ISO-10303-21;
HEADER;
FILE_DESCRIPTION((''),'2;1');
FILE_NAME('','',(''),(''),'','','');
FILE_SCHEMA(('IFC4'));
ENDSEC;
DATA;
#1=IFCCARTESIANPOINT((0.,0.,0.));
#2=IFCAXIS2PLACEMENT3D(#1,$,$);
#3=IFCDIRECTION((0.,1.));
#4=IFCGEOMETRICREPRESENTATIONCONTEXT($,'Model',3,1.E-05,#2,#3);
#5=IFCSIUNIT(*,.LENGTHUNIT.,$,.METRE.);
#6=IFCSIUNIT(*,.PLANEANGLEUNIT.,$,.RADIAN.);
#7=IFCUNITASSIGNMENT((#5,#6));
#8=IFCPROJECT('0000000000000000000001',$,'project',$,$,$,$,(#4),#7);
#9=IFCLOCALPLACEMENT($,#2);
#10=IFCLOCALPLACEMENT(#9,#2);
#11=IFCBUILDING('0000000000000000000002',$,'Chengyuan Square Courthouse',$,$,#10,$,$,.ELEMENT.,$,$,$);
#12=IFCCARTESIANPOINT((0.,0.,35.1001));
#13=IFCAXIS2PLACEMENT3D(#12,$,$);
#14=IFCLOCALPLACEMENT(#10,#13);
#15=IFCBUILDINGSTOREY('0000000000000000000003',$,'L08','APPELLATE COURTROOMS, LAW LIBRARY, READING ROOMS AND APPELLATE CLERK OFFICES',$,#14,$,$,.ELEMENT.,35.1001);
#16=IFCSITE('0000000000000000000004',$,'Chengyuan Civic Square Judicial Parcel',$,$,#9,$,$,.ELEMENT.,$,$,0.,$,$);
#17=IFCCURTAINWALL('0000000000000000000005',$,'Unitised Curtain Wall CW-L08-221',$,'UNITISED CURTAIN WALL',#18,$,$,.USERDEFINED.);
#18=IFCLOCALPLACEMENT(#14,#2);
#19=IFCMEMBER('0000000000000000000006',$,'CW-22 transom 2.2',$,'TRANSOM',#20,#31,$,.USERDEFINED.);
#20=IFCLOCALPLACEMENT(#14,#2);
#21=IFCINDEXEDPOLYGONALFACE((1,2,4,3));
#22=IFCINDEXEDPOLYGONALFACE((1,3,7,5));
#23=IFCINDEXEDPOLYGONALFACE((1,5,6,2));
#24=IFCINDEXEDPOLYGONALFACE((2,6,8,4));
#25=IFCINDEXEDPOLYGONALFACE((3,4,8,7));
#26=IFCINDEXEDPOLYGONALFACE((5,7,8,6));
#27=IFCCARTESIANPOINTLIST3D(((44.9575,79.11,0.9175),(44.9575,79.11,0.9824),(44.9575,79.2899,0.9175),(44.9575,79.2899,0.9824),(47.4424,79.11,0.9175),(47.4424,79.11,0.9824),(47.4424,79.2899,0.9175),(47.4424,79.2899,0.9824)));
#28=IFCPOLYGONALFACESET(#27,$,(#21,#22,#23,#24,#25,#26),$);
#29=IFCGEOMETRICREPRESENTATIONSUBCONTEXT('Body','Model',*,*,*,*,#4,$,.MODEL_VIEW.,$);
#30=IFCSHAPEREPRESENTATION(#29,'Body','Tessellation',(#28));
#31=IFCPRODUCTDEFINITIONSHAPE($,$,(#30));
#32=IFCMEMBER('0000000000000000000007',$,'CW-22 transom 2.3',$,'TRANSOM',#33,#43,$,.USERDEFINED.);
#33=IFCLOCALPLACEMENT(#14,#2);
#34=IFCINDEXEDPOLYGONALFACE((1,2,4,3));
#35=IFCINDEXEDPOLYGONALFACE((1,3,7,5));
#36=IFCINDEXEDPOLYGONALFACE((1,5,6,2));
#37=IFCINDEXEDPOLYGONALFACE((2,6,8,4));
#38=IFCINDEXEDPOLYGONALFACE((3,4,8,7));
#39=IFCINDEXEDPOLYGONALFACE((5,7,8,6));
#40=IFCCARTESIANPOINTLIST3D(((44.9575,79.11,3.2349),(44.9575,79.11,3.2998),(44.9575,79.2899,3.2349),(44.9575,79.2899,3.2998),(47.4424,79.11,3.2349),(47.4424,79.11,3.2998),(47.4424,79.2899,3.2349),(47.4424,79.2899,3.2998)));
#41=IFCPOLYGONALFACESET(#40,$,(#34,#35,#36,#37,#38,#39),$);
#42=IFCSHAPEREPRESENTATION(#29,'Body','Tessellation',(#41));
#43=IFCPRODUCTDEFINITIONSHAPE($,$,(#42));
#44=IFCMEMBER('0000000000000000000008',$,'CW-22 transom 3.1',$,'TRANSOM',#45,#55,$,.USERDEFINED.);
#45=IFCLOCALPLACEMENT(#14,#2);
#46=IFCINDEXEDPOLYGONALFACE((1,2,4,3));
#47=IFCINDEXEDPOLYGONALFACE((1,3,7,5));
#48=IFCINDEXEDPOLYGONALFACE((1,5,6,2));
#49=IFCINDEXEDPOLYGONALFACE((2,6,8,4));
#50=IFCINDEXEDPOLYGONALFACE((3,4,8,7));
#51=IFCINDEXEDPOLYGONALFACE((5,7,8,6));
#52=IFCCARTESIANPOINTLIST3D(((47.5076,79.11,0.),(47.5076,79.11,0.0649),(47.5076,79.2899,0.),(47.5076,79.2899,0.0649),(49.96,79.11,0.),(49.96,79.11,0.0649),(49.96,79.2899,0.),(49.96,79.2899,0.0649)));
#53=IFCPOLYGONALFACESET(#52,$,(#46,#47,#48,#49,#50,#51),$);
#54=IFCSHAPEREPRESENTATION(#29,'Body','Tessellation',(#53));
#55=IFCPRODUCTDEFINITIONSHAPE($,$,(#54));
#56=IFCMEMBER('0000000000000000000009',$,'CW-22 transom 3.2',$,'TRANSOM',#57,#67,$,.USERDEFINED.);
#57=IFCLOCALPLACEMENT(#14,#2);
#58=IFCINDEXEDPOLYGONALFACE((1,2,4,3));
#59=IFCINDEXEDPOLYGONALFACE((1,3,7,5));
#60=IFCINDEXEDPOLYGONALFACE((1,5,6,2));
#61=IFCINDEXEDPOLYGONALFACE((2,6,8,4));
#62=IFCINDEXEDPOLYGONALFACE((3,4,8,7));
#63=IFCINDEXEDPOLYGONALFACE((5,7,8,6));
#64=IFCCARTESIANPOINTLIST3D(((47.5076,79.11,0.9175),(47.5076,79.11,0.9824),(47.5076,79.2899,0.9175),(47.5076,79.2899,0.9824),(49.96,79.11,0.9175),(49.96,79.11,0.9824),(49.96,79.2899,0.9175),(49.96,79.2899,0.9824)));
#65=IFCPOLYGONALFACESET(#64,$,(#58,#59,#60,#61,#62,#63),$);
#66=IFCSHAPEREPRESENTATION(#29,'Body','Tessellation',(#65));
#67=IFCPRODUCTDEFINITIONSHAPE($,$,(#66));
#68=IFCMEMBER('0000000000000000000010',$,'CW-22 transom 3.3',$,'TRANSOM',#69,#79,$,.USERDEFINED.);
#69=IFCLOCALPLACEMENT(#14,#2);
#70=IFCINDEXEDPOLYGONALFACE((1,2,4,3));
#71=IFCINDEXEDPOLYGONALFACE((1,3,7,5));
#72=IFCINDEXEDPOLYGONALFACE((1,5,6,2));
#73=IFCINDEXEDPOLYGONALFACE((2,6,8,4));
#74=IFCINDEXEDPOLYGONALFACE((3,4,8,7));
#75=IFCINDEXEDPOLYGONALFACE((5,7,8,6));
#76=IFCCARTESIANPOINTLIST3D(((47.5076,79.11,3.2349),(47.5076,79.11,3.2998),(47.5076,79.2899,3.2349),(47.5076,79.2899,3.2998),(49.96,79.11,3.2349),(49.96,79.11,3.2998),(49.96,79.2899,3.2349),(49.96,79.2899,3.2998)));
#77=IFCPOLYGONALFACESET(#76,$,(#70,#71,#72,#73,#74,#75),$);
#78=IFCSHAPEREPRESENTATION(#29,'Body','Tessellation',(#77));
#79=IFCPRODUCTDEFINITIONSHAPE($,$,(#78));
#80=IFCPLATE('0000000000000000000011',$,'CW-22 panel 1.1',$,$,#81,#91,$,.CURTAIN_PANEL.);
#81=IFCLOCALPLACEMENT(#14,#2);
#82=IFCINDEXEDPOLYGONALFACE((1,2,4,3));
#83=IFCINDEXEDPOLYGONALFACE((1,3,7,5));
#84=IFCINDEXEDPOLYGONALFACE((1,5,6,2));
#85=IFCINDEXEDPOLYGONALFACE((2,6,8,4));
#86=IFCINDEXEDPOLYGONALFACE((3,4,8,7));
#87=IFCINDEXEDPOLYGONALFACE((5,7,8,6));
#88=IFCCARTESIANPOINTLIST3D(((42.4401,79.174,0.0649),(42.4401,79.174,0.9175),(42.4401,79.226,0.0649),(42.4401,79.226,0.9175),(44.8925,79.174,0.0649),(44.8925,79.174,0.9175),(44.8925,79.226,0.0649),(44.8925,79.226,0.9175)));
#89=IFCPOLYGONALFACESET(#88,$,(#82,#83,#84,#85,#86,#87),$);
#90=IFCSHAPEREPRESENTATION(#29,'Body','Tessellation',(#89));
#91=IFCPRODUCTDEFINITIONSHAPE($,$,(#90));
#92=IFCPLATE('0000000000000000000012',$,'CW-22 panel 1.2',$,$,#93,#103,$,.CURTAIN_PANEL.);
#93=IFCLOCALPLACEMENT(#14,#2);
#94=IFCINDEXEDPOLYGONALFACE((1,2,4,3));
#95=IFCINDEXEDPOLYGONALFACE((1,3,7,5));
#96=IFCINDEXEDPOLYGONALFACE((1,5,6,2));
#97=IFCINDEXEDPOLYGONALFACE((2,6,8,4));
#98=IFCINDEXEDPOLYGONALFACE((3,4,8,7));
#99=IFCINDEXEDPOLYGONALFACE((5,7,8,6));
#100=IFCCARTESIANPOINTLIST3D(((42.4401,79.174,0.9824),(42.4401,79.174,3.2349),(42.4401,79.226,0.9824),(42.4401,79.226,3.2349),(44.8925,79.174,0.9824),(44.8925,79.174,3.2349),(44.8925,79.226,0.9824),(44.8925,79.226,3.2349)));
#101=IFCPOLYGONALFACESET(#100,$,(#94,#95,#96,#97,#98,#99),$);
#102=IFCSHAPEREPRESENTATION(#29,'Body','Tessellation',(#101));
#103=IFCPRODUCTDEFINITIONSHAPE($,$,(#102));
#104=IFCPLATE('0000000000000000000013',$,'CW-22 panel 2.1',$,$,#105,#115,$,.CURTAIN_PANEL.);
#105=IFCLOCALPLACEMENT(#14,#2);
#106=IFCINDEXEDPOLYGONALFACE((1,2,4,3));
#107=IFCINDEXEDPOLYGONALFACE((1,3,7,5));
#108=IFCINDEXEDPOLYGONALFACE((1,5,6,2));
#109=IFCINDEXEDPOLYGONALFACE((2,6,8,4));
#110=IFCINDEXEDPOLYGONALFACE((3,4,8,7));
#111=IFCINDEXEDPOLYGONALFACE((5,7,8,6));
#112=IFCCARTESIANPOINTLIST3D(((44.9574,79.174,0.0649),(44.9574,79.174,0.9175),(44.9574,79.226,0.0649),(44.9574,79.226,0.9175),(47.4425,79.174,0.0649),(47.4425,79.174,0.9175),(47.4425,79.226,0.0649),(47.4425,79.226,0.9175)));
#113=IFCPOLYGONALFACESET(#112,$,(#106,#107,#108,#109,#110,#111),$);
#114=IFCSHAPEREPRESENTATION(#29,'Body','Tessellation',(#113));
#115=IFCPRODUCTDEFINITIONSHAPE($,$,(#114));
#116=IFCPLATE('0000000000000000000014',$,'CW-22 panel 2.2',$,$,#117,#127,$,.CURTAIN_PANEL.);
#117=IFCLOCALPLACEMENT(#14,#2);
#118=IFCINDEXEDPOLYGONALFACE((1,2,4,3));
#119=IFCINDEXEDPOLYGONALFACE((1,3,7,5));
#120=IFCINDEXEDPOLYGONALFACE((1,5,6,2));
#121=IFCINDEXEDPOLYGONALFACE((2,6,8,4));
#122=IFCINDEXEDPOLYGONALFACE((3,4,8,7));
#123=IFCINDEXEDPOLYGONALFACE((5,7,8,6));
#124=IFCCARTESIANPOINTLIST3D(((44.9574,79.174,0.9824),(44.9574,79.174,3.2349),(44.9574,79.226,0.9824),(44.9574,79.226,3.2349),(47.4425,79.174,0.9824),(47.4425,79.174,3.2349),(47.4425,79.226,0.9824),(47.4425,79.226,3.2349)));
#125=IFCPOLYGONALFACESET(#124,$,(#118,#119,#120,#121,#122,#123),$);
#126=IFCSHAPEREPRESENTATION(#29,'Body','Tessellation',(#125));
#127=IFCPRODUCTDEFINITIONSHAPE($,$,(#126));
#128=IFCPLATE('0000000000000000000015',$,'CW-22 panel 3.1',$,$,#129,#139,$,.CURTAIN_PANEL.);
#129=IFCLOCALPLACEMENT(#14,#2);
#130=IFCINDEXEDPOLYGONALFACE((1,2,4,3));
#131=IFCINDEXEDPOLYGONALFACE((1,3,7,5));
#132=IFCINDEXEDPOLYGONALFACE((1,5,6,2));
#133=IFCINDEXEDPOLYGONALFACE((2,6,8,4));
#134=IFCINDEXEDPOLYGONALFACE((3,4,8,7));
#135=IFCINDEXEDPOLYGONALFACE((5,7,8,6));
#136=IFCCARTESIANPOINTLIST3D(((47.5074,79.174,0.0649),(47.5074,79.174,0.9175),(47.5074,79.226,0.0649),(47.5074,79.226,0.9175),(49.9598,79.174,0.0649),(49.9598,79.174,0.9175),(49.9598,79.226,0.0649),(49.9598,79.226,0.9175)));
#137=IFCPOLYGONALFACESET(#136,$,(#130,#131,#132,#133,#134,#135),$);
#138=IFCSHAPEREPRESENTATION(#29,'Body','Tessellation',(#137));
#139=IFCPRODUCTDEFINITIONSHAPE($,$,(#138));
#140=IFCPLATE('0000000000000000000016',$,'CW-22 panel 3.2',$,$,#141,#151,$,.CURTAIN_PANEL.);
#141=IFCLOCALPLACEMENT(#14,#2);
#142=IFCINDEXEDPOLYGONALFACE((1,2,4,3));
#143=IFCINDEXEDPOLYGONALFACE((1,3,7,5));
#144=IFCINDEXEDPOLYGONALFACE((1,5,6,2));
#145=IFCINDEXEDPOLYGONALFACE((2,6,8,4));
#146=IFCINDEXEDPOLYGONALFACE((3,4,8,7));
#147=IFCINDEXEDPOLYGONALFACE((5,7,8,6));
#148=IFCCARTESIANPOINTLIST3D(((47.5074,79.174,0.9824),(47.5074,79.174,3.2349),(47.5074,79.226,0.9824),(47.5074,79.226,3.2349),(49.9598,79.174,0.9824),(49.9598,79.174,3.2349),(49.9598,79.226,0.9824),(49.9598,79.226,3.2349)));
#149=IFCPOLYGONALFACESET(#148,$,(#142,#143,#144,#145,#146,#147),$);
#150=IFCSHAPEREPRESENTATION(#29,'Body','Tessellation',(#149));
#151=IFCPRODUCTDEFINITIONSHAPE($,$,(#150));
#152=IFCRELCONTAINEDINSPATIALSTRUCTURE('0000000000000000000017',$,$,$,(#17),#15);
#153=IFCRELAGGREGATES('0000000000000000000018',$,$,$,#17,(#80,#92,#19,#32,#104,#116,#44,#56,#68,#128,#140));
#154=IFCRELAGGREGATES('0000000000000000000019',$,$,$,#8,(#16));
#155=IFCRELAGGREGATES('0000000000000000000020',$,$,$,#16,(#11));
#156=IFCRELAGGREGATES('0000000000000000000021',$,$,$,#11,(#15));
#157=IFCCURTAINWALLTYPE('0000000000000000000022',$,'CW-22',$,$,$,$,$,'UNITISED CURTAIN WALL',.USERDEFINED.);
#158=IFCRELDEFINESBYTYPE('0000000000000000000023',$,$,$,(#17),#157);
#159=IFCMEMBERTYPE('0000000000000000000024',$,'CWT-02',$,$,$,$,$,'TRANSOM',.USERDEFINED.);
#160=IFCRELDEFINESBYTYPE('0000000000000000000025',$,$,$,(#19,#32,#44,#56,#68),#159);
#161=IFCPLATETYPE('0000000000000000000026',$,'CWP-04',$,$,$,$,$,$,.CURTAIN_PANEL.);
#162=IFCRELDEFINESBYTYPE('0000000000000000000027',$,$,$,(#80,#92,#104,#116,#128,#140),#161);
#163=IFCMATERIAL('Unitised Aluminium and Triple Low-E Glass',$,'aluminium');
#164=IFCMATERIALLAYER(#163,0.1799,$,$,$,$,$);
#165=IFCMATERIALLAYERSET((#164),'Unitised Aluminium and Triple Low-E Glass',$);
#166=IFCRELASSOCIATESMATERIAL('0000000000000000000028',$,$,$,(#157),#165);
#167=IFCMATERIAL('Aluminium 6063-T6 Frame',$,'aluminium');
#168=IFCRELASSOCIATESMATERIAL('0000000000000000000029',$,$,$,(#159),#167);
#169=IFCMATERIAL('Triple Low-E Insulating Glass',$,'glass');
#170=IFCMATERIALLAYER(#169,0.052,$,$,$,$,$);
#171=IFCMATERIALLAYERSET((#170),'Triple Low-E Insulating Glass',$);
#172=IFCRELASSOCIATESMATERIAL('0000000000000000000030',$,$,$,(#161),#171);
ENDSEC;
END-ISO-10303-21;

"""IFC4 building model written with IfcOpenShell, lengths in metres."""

from ifc_helpers import new_model, si_unit, direction, frame, origin, origin_2d, place, context, subcontext, project, spatial, rectangle, extrude, material, layer, layer_set, material_profile, profile_set, type_object, element, aggregate, save


model = new_model("IFC4")

# Units and contexts
model_context = context("Model", 3, precision=1e-05, world=origin(), true_north=direction((0.0, 1.0)))
body_context = subcontext(model_context, "Body", "Model", "MODEL_VIEW")
ifc_project = project(units=[si_unit("LENGTHUNIT", "METRE"), si_unit("PLANEANGLEUNIT", "RADIAN")], contexts=[model_context])

# Site, building, storey
site_placement = place(None, origin())
site = spatial("IfcSite", under=ifc_project, at=site_placement, Name="Chengyuan Civic Square Judicial Parcel", CompositionType="ELEMENT", RefElevation=0.0)
building_placement = place(site_placement, origin())
building = spatial("IfcBuilding", under=site, at=building_placement, Name="Chengyuan Square Courthouse", CompositionType="ELEMENT")
storey_placement = place(building_placement, frame((0.0, 0.0, 35.1001)))
storey = spatial("IfcBuildingStorey", under=building, at=storey_placement, Name="L08", Description="APPELLATE COURTROOMS, LAW LIBRARY, READING ROOMS AND APPELLATE CLERK OFFICES", CompositionType="ELEMENT", Elevation=35.1001)

# Curtain wall, members, plates
ifc_material_1 = material(Name="Unitised Aluminium and Triple Low-E Glass", Category="aluminium")
ifc_layer_1 = layer(ifc_material_1, 0.1799)
ifc_layer_set_1 = layer_set([ifc_layer_1], Name="Unitised Aluminium and Triple Low-E Glass")
curtain_wall_type = type_object("IfcCurtainWallType", Name="CW-22", ElementType="UNITISED CURTAIN WALL", PredefinedType="USERDEFINED", material=ifc_layer_set_1)
curtain_wall_placement = place(storey_placement, origin())
curtain_wall = element("IfcCurtainWall", 1, at=curtain_wall_placement, inside=storey, type_object=curtain_wall_type, Name="Unitised Curtain Wall CW-L08-221", ObjectType="UNITISED CURTAIN WALL", PredefinedType="USERDEFINED")
ifc_material_2 = material(Name="Aluminium 6063-T6 Frame", Category="aluminium")
ifc_material_profile_1 = material_profile(ifc_material_2, rectangle(XDim=0.1799, YDim=0.0649, at=origin_2d()), Name="CW-TRN-65x140")
ifc_profile_set_1 = profile_set([ifc_material_profile_1], Name="Aluminium 6063-T6 Frame")
member_type_1 = type_object("IfcMemberType", Name="CWT-02", ElementType="TRANSOM", PredefinedType="USERDEFINED", material=ifc_profile_set_1)
member_1_placement = place(storey_placement, frame((44.9575, 79.2, 0.95), z_axis=(1.0, 0.0, 0.0), x_axis=(0.0, 1.0, 0.0)))
member_1 = element("IfcMember", 2, at=member_1_placement, type_object=member_type_1, Name="CW-22 transom 2.2", ObjectType="TRANSOM", PredefinedType="USERDEFINED", context=body_context, shape_type="SweptSolid", body=[
    extrude(rectangle(XDim=0.1799, YDim=0.0649, at=origin_2d()), origin(), (0.0, 0.0, 1.0), 2.4849),
])
member_2_placement = place(storey_placement, frame((44.9575, 79.2, 3.2673), z_axis=(1.0, 0.0, 0.0), x_axis=(0.0, 1.0, 0.0)))
member_2 = element("IfcMember", 3, at=member_2_placement, type_object=member_type_1, Name="CW-22 transom 2.3", ObjectType="TRANSOM", PredefinedType="USERDEFINED", context=body_context, shape_type="SweptSolid", body=[
    extrude(rectangle(XDim=0.1799, YDim=0.0649, at=origin_2d()), origin(), (0.0, 0.0, 1.0), 2.4849),
])
member_3_placement = place(storey_placement, frame((47.5076, 79.2, 0.0325), z_axis=(1.0, 0.0, 0.0), x_axis=(0.0, 1.0, 0.0)))
member_3 = element("IfcMember", 4, at=member_3_placement, type_object=member_type_1, Name="CW-22 transom 3.1", ObjectType="TRANSOM", PredefinedType="USERDEFINED", context=body_context, shape_type="SweptSolid", body=[
    extrude(rectangle(XDim=0.1799, YDim=0.0649, at=origin_2d()), origin(), (0.0, 0.0, 1.0), 2.4524),
])
member_4_placement = place(storey_placement, frame((47.5076, 79.2, 0.95), z_axis=(1.0, 0.0, 0.0), x_axis=(0.0, 1.0, 0.0)))
member_4 = element("IfcMember", 5, at=member_4_placement, type_object=member_type_1, Name="CW-22 transom 3.2", ObjectType="TRANSOM", PredefinedType="USERDEFINED", context=body_context, shape_type="SweptSolid", body=[
    extrude(rectangle(XDim=0.1799, YDim=0.0649, at=origin_2d()), origin(), (0.0, 0.0, 1.0), 2.4524),
])
member_5_placement = place(storey_placement, frame((47.5076, 79.2, 3.2673), z_axis=(1.0, 0.0, 0.0), x_axis=(0.0, 1.0, 0.0)))
member_5 = element("IfcMember", 6, at=member_5_placement, type_object=member_type_1, Name="CW-22 transom 3.3", ObjectType="TRANSOM", PredefinedType="USERDEFINED", context=body_context, shape_type="SweptSolid", body=[
    extrude(rectangle(XDim=0.1799, YDim=0.0649, at=origin_2d()), origin(), (0.0, 0.0, 1.0), 2.4524),
])
ifc_material_3 = material(Name="Triple Low-E Insulating Glass", Category="glass")
ifc_layer_2 = layer(ifc_material_3, 0.052)
ifc_layer_set_2 = layer_set([ifc_layer_2], Name="Triple Low-E Insulating Glass")
plate_type = type_object("IfcPlateType", Name="CWP-04", PredefinedType="CURTAIN_PANEL", material=ifc_layer_set_2)
plate_1_placement = place(storey_placement, frame((43.6663, 79.2, 0.0649), z_axis=(0.0, 0.0, 1.0), x_axis=(1.0, 0.0, 0.0)))
plate_1 = element("IfcPlate", 7, at=plate_1_placement, type_object=plate_type, Name="CW-22 panel 1.1", PredefinedType="CURTAIN_PANEL", context=body_context, shape_type="SweptSolid", body=[
    extrude(rectangle(XDim=2.4524, YDim=0.052, at=origin_2d()), origin(), (0.0, 0.0, 1.0), 0.8525),
])
plate_2_placement = place(storey_placement, frame((43.6663, 79.2, 0.9824), z_axis=(0.0, 0.0, 1.0), x_axis=(1.0, 0.0, 0.0)))
plate_2 = element("IfcPlate", 8, at=plate_2_placement, type_object=plate_type, Name="CW-22 panel 1.2", PredefinedType="CURTAIN_PANEL", context=body_context, shape_type="SweptSolid", body=[
    extrude(rectangle(XDim=2.4524, YDim=0.052, at=origin_2d()), origin(), (0.0, 0.0, 1.0), 2.2524),
])
plate_3_placement = place(storey_placement, frame((46.2, 79.2, 0.0649), z_axis=(0.0, 0.0, 1.0), x_axis=(1.0, 0.0, 0.0)))
plate_3 = element("IfcPlate", 9, at=plate_3_placement, type_object=plate_type, Name="CW-22 panel 2.1", PredefinedType="CURTAIN_PANEL", context=body_context, shape_type="SweptSolid", body=[
    extrude(rectangle(XDim=2.4851, YDim=0.052, at=origin_2d()), origin(), (0.0, 0.0, 1.0), 0.8525),
])
plate_4_placement = place(storey_placement, frame((46.2, 79.2, 0.9824), z_axis=(0.0, 0.0, 1.0), x_axis=(1.0, 0.0, 0.0)))
plate_4 = element("IfcPlate", 10, at=plate_4_placement, type_object=plate_type, Name="CW-22 panel 2.2", PredefinedType="CURTAIN_PANEL", context=body_context, shape_type="SweptSolid", body=[
    extrude(rectangle(XDim=2.4851, YDim=0.052, at=origin_2d()), origin(), (0.0, 0.0, 1.0), 2.2524),
])
plate_5_placement = place(storey_placement, frame((48.7336, 79.2, 0.0649), z_axis=(0.0, 0.0, 1.0), x_axis=(1.0, 0.0, 0.0)))
plate_5 = element("IfcPlate", 11, at=plate_5_placement, type_object=plate_type, Name="CW-22 panel 3.1", PredefinedType="CURTAIN_PANEL", context=body_context, shape_type="SweptSolid", body=[
    extrude(rectangle(XDim=2.4524, YDim=0.052, at=origin_2d()), origin(), (0.0, 0.0, 1.0), 0.8525),
])
plate_6_placement = place(storey_placement, frame((48.7336, 79.2, 0.9824), z_axis=(0.0, 0.0, 1.0), x_axis=(1.0, 0.0, 0.0)))
plate_6 = element("IfcPlate", 12, at=plate_6_placement, type_object=plate_type, Name="CW-22 panel 3.2", PredefinedType="CURTAIN_PANEL", context=body_context, shape_type="SweptSolid", body=[
    extrude(rectangle(XDim=2.4524, YDim=0.052, at=origin_2d()), origin(), (0.0, 0.0, 1.0), 2.2524),
])
aggregate(curtain_wall, [plate_1, plate_2, member_1, member_2, plate_3, plate_4, member_3, member_4, member_5, plate_5, plate_6])

save(model, "model.ifc")
